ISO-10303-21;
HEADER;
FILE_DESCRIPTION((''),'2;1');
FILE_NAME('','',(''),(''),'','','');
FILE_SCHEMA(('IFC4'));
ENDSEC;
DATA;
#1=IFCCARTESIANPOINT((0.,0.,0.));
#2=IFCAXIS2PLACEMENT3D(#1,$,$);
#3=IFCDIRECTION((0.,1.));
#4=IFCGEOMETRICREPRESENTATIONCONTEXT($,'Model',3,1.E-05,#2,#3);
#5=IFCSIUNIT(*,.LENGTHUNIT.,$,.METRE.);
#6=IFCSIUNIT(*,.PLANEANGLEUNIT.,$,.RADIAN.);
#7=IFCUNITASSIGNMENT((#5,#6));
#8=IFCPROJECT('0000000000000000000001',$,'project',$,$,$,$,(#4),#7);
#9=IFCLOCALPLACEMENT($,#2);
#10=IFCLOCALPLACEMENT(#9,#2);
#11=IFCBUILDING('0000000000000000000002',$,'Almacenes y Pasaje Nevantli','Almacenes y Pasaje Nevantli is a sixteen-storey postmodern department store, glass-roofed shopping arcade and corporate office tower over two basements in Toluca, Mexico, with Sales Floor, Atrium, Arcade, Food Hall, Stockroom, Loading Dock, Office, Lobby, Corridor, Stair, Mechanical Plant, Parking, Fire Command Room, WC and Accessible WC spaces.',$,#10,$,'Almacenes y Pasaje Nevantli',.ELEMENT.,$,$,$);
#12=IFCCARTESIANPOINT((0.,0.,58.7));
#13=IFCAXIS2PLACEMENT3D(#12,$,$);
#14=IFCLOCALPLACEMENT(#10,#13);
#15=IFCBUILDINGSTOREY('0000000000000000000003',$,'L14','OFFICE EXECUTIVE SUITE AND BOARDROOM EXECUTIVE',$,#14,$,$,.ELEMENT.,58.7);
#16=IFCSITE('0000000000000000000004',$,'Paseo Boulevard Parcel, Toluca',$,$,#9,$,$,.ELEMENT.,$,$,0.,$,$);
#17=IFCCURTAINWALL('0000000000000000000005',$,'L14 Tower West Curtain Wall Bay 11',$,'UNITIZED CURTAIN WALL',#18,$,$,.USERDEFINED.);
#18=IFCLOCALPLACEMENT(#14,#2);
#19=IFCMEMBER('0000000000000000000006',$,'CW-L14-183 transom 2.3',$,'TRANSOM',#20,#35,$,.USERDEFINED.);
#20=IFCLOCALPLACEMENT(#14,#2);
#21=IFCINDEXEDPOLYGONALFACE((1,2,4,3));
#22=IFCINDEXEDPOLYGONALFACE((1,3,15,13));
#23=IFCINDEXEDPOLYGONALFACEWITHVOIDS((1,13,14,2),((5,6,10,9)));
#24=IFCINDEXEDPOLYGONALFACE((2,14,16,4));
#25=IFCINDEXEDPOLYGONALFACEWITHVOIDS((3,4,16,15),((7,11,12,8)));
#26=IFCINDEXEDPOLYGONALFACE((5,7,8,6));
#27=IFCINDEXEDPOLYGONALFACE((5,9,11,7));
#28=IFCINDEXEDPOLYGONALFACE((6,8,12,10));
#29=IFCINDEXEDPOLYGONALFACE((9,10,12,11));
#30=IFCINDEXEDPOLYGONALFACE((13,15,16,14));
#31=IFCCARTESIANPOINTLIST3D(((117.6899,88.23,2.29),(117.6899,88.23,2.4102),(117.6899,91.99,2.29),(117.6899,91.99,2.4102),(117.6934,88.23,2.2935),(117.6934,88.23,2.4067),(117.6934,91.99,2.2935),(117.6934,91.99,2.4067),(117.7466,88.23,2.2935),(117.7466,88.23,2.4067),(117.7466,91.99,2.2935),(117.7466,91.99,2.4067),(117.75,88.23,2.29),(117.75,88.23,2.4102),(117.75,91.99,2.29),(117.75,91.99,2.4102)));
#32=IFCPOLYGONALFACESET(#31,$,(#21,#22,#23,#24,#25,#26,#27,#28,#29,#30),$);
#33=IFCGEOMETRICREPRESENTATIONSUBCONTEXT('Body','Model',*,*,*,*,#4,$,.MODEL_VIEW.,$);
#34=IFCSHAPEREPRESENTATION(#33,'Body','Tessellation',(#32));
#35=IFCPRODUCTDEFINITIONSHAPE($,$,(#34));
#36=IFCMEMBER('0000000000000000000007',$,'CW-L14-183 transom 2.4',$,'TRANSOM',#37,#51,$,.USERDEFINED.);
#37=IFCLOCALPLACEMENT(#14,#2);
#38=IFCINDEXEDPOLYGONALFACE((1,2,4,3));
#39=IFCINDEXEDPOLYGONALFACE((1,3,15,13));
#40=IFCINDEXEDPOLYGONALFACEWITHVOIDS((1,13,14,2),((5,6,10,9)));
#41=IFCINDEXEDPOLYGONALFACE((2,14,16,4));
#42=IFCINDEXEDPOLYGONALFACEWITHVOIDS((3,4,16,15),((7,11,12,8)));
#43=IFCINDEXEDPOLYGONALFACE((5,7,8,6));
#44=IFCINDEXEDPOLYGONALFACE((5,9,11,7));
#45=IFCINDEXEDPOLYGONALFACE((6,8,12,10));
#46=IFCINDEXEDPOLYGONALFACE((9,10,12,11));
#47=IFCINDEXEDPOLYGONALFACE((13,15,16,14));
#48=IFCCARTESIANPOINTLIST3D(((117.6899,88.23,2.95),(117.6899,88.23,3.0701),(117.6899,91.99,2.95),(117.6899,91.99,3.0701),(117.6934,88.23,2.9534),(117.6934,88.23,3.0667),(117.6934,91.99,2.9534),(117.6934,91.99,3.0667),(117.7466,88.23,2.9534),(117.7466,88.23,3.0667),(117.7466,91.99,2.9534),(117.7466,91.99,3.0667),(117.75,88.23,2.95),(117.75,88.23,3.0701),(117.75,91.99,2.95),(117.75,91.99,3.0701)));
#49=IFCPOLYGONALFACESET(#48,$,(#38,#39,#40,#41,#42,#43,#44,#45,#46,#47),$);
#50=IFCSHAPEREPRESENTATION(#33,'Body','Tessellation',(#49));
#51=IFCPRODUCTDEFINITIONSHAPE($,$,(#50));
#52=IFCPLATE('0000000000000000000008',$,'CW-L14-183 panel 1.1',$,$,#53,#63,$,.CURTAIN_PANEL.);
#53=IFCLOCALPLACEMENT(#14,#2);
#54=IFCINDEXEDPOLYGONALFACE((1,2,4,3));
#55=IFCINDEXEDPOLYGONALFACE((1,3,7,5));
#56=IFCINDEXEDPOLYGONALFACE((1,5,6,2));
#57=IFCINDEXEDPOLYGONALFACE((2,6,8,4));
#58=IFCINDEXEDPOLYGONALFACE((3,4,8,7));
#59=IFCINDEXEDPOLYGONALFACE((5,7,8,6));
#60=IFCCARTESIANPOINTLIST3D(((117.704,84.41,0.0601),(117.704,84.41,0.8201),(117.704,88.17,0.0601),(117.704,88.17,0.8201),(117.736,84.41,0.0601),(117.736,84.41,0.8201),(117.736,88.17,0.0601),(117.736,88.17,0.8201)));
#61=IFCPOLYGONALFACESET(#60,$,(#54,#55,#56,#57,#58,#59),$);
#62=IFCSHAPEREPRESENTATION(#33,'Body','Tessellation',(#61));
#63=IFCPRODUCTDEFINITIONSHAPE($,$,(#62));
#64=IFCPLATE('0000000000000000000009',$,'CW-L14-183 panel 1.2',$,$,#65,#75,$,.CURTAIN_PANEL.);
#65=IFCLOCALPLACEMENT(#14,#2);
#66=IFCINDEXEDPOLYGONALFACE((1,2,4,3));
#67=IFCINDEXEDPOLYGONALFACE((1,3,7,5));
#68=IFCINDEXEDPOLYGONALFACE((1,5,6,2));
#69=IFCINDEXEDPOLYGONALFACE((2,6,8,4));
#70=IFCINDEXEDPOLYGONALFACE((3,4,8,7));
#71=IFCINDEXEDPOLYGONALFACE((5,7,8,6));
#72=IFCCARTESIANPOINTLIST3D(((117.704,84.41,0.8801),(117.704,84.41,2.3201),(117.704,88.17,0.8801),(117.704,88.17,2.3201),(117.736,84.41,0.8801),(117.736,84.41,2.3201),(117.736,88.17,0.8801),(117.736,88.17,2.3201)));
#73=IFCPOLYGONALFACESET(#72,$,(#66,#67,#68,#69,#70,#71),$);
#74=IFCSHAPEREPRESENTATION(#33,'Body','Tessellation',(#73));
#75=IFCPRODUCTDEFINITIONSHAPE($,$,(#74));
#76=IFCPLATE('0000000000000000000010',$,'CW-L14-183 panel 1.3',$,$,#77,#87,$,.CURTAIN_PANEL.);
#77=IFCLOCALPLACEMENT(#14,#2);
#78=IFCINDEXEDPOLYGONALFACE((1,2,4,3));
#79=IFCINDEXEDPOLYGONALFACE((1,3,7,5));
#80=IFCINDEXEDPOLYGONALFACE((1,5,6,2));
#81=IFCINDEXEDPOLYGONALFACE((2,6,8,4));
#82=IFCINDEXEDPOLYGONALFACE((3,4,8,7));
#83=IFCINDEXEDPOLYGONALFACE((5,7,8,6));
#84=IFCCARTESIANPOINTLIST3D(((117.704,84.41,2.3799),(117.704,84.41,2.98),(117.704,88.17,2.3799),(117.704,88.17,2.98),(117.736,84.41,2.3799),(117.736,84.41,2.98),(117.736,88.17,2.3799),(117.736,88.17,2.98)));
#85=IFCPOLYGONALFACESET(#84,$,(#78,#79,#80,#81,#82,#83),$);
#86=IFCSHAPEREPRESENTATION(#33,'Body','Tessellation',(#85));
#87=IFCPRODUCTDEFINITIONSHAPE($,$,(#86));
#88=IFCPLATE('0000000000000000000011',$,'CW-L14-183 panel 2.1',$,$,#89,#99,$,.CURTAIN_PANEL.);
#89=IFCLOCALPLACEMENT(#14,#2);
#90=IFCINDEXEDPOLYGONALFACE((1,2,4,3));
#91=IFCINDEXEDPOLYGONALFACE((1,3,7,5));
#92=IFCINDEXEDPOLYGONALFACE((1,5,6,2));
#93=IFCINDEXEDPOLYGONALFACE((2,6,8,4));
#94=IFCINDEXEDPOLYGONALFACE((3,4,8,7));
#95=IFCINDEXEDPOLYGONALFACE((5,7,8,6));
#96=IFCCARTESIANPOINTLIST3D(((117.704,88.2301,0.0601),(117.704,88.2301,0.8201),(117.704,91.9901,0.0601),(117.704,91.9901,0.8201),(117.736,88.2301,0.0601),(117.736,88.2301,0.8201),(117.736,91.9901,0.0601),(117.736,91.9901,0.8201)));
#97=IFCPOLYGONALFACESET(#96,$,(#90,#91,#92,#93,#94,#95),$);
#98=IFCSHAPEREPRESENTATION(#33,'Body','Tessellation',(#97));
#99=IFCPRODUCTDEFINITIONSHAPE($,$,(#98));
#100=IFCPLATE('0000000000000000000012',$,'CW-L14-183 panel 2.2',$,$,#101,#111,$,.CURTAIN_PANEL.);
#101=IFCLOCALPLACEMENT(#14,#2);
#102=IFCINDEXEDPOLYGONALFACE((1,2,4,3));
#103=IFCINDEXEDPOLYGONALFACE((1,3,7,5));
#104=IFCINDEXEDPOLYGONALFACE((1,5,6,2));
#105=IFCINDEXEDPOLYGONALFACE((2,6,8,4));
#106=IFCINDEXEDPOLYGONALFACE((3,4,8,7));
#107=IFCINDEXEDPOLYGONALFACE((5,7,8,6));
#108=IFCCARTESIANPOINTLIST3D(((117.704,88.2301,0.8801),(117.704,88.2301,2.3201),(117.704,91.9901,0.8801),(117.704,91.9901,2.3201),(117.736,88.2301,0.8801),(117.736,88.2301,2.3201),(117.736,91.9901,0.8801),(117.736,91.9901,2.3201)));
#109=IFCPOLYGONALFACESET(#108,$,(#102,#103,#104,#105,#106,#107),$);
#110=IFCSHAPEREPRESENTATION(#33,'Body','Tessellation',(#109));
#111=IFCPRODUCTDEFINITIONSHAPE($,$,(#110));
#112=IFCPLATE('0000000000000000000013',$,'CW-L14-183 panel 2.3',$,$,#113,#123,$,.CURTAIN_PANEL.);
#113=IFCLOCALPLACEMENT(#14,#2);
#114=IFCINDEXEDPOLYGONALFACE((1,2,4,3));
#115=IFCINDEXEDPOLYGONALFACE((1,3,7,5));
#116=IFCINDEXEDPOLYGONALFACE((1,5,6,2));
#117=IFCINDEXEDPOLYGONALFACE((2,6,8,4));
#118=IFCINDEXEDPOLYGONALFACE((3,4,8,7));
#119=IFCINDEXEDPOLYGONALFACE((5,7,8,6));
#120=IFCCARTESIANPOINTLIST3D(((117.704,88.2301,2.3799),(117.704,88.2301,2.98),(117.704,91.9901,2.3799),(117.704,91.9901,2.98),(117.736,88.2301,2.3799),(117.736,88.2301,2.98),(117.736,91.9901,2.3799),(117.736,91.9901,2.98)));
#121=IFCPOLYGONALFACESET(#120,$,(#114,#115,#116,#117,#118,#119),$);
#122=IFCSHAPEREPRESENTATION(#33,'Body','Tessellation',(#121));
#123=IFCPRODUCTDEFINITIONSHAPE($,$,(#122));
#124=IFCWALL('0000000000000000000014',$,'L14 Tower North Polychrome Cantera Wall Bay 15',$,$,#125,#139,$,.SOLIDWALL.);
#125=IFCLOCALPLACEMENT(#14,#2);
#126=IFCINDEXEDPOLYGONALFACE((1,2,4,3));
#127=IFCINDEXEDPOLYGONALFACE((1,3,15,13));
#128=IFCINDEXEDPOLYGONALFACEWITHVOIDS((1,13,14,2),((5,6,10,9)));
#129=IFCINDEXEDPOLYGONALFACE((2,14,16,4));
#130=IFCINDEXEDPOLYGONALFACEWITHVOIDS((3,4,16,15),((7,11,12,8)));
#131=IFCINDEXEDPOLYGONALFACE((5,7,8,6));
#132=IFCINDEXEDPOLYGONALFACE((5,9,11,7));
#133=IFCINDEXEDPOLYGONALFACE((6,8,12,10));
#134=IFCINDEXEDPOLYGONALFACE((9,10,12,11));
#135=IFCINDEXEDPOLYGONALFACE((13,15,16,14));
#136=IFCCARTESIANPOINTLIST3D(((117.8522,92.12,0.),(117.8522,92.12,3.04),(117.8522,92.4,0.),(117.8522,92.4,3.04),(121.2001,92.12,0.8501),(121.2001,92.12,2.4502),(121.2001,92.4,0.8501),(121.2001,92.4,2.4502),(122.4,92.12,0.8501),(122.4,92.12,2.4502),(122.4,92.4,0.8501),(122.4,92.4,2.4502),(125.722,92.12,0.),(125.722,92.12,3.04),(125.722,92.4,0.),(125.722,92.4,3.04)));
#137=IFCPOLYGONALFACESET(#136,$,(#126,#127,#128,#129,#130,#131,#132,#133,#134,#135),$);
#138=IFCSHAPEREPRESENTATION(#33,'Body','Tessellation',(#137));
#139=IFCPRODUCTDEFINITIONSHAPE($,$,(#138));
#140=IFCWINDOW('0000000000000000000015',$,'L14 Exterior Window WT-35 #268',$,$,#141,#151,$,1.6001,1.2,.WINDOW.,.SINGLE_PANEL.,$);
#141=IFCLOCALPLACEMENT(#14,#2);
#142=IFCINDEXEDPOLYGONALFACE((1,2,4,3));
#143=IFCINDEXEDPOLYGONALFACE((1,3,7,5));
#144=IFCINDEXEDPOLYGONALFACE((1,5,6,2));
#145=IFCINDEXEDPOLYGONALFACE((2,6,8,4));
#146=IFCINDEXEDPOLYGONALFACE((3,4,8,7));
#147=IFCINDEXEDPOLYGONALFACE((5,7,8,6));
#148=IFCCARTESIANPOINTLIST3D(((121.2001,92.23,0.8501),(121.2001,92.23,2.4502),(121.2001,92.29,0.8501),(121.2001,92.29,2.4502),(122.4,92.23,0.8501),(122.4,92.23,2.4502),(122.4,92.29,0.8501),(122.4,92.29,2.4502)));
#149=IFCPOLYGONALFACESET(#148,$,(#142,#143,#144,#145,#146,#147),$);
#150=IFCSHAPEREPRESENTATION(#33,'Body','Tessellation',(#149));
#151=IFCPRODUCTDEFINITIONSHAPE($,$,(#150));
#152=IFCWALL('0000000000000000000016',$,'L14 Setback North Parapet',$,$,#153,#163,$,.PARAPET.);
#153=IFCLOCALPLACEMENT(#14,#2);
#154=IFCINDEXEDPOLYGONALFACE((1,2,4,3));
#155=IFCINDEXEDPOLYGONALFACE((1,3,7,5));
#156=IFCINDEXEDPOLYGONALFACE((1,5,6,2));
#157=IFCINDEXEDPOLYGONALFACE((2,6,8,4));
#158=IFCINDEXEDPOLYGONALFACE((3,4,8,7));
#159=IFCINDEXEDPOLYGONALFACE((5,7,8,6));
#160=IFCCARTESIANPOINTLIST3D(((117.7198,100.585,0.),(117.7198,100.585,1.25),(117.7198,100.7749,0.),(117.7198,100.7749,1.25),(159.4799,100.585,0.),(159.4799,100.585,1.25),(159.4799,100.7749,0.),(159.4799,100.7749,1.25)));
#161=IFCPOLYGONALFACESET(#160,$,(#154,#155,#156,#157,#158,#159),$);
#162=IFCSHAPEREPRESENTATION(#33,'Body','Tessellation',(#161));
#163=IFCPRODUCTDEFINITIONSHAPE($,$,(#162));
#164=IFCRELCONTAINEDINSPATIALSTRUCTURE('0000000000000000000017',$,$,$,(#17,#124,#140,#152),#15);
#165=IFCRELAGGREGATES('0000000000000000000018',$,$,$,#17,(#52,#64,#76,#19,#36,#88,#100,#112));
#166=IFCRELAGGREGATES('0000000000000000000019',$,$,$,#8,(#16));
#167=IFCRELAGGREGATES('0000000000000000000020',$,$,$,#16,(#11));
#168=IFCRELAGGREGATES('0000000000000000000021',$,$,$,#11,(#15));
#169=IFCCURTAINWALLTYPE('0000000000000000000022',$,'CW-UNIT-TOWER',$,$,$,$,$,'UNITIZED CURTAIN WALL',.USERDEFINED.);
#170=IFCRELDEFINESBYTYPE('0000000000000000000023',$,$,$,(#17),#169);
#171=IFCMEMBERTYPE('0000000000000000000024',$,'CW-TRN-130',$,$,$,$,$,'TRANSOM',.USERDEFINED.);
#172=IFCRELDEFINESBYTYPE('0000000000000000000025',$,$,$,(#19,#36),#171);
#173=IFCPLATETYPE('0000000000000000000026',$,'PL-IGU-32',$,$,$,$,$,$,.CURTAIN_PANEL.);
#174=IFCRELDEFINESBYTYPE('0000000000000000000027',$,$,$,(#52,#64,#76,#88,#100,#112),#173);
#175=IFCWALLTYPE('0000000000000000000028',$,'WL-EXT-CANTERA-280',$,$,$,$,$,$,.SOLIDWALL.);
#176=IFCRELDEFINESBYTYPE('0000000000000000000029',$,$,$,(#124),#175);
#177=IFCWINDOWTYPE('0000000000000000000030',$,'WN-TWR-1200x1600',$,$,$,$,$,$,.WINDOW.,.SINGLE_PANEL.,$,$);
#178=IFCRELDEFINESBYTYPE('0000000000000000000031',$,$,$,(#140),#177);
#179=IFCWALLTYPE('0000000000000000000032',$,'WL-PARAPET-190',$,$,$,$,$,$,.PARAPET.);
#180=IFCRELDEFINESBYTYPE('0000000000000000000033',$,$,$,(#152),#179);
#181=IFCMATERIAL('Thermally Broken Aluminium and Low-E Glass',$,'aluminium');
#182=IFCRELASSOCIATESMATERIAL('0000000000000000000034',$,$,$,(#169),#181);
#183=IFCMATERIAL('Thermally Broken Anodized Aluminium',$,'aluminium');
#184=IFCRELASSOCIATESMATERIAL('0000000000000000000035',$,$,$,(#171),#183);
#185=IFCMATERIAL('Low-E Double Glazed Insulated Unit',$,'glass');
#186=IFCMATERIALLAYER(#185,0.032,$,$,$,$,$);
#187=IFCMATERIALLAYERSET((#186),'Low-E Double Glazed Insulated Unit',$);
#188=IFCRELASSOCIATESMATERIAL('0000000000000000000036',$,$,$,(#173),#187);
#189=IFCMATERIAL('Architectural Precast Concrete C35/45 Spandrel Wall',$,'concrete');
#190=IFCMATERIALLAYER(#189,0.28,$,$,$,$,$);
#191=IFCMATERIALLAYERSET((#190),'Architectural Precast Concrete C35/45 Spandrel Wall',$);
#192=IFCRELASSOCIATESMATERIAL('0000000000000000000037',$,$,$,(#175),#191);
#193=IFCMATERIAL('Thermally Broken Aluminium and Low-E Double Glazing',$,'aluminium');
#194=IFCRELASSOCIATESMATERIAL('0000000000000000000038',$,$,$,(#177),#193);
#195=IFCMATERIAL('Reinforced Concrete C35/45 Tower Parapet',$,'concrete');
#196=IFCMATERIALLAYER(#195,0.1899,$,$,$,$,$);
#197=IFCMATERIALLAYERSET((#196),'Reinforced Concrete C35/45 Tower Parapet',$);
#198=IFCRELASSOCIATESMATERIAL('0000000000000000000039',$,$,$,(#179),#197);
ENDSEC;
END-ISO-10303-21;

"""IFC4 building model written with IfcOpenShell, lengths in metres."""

from ifc_helpers import new_model, si_unit, direction, frame, frame_2d, origin, origin_2d, place, context, subcontext, project, spatial, rectangle, hollow_rectangle, extrude, material, layer, layer_set, material_profile, profile_set, type_object, element, fill, aggregate, save


model = new_model("IFC4")

# Units and contexts
model_context = context("Model", 3, precision=1e-05, world=origin(), true_north=direction((0.0, 1.0)))
body_context = subcontext(model_context, "Body", "Model", "MODEL_VIEW")
ifc_project = project(units=[si_unit("LENGTHUNIT", "METRE"), si_unit("PLANEANGLEUNIT", "RADIAN")], contexts=[model_context])

# Site, building, storey
site_placement = place(None, origin())
site = spatial("IfcSite", under=ifc_project, at=site_placement, Name="Paseo Boulevard Parcel, Toluca", CompositionType="ELEMENT", RefElevation=0.0)
building_placement = place(site_placement, origin())
building = spatial("IfcBuilding", under=site, at=building_placement, Name="Almacenes y Pasaje Nevantli", Description="Almacenes y Pasaje Nevantli is a sixteen-storey postmodern department store, glass-roofed shopping arcade and corporate office tower over two basements in Toluca, Mexico, with Sales Floor, Atrium, Arcade, Food Hall, Stockroom, Loading Dock, Office, Lobby, Corridor, Stair, Mechanical Plant, Parking, Fire Command Room, WC and Accessible WC spaces.", LongName="Almacenes y Pasaje Nevantli", CompositionType="ELEMENT")
storey_placement = place(building_placement, frame((0.0, 0.0, 58.7)))
storey = spatial("IfcBuildingStorey", under=building, at=storey_placement, Name="L14", Description="OFFICE EXECUTIVE SUITE AND BOARDROOM EXECUTIVE", CompositionType="ELEMENT", Elevation=58.7)

# Curtain wall, members, plates
ifc_material_1 = material(Name="Thermally Broken Aluminium and Low-E Glass", Category="aluminium")
curtain_wall_type = type_object("IfcCurtainWallType", Name="CW-UNIT-TOWER", ElementType="UNITIZED CURTAIN WALL", PredefinedType="USERDEFINED", material=ifc_material_1)
curtain_wall_placement = place(storey_placement, origin())
curtain_wall = element("IfcCurtainWall", 1, at=curtain_wall_placement, inside=storey, type_object=curtain_wall_type, Name="L14 Tower West Curtain Wall Bay 11", ObjectType="UNITIZED CURTAIN WALL", PredefinedType="USERDEFINED")
ifc_material_2 = material(Name="Thermally Broken Anodized Aluminium", Category="aluminium")
ifc_material_profile_1 = material_profile(ifc_material_2, hollow_rectangle(XDim=0.0601, YDim=0.1201, WallThickness=0.0034, at=origin_2d()), Name="ALU-TRN-60x120")
ifc_profile_set_1 = profile_set([ifc_material_profile_1], Name="Thermally Broken Anodized Aluminium")
member_type_1 = type_object("IfcMemberType", Name="CW-TRN-130", ElementType="TRANSOM", PredefinedType="USERDEFINED", material=ifc_profile_set_1)
member_1_placement = place(storey_placement, frame((117.72, 88.23, 2.3501), z_axis=(0.0, 1.0, 0.0), x_axis=(-1.0, 0.0, 0.0)))
member_1 = element("IfcMember", 2, at=member_1_placement, type_object=member_type_1, Name="CW-L14-183 transom 2.3", ObjectType="TRANSOM", PredefinedType="USERDEFINED", context=body_context, shape_type="SweptSolid", body=[
    extrude(hollow_rectangle(XDim=0.0601, YDim=0.1201, WallThickness=0.0034, at=origin_2d()), origin(), (0.0, 0.0, 1.0), 3.76),
])
member_2_placement = place(storey_placement, frame((117.72, 88.23, 3.01), z_axis=(0.0, 1.0, 0.0), x_axis=(-1.0, 0.0, 0.0)))
member_2 = element("IfcMember", 3, at=member_2_placement, type_object=member_type_1, Name="CW-L14-183 transom 2.4", ObjectType="TRANSOM", PredefinedType="USERDEFINED", context=body_context, shape_type="SweptSolid", body=[
    extrude(hollow_rectangle(XDim=0.0601, YDim=0.1201, WallThickness=0.0034, at=origin_2d()), origin(), (0.0, 0.0, 1.0), 3.76),
])
ifc_material_3 = material(Name="Low-E Double Glazed Insulated Unit", Category="glass")
ifc_layer_1 = layer(ifc_material_3, 0.032)
ifc_layer_set_1 = layer_set([ifc_layer_1], Name="Low-E Double Glazed Insulated Unit")
plate_type = type_object("IfcPlateType", Name="PL-IGU-32", PredefinedType="CURTAIN_PANEL", material=ifc_layer_set_1)
plate_1_placement = place(storey_placement, frame((117.72, 86.29, 0.0601), z_axis=(0.0, 0.0, 1.0), x_axis=(0.0, 1.0, 0.0)))
plate_1 = element("IfcPlate", 4, at=plate_1_placement, type_object=plate_type, Name="CW-L14-183 panel 1.1", PredefinedType="CURTAIN_PANEL", context=body_context, shape_type="SweptSolid", body=[
    extrude(rectangle(XDim=3.76, YDim=0.032, at=origin_2d()), origin(), (0.0, 0.0, 1.0), 0.76),
])
plate_2_placement = place(storey_placement, frame((117.72, 86.29, 0.8801), z_axis=(0.0, 0.0, 1.0), x_axis=(0.0, 1.0, 0.0)))
plate_2 = element("IfcPlate", 5, at=plate_2_placement, type_object=plate_type, Name="CW-L14-183 panel 1.2", PredefinedType="CURTAIN_PANEL", context=body_context, shape_type="SweptSolid", body=[
    extrude(rectangle(XDim=3.76, YDim=0.032, at=origin_2d()), origin(), (0.0, 0.0, 1.0), 1.4399),
])
plate_3_placement = place(storey_placement, frame((117.72, 86.29, 2.3799), z_axis=(0.0, 0.0, 1.0), x_axis=(0.0, 1.0, 0.0)))
plate_3 = element("IfcPlate", 6, at=plate_3_placement, type_object=plate_type, Name="CW-L14-183 panel 1.3", PredefinedType="CURTAIN_PANEL", context=body_context, shape_type="SweptSolid", body=[
    extrude(rectangle(XDim=3.76, YDim=0.032, at=origin_2d()), origin(), (0.0, 0.0, 1.0), 0.6001),
])
plate_4_placement = place(storey_placement, frame((117.72, 90.1101, 0.0601), z_axis=(0.0, 0.0, 1.0), x_axis=(0.0, 1.0, 0.0)))
plate_4 = element("IfcPlate", 7, at=plate_4_placement, type_object=plate_type, Name="CW-L14-183 panel 2.1", PredefinedType="CURTAIN_PANEL", context=body_context, shape_type="SweptSolid", body=[
    extrude(rectangle(XDim=3.76, YDim=0.032, at=origin_2d()), origin(), (0.0, 0.0, 1.0), 0.76),
])
plate_5_placement = place(storey_placement, frame((117.72, 90.1101, 0.8801), z_axis=(0.0, 0.0, 1.0), x_axis=(0.0, 1.0, 0.0)))
plate_5 = element("IfcPlate", 8, at=plate_5_placement, type_object=plate_type, Name="CW-L14-183 panel 2.2", PredefinedType="CURTAIN_PANEL", context=body_context, shape_type="SweptSolid", body=[
    extrude(rectangle(XDim=3.76, YDim=0.032, at=origin_2d()), origin(), (0.0, 0.0, 1.0), 1.4399),
])
plate_6_placement = place(storey_placement, frame((117.72, 90.1101, 2.3799), z_axis=(0.0, 0.0, 1.0), x_axis=(0.0, 1.0, 0.0)))
plate_6 = element("IfcPlate", 9, at=plate_6_placement, type_object=plate_type, Name="CW-L14-183 panel 2.3", PredefinedType="CURTAIN_PANEL", context=body_context, shape_type="SweptSolid", body=[
    extrude(rectangle(XDim=3.76, YDim=0.032, at=origin_2d()), origin(), (0.0, 0.0, 1.0), 0.6001),
])
aggregate(curtain_wall, [plate_1, plate_2, plate_3, member_1, member_2, plate_4, plate_5, plate_6])

# Wall, opening, window
ifc_material_4 = material(Name="Architectural Precast Concrete C35/45 Spandrel Wall", Category="concrete")
ifc_layer_2 = layer(ifc_material_4, 0.28)
ifc_layer_set_2 = layer_set([ifc_layer_2], Name="Architectural Precast Concrete C35/45 Spandrel Wall")
wall_type_1 = type_object("IfcWallType", Name="WL-EXT-CANTERA-280", PredefinedType="SOLIDWALL", material=ifc_layer_set_2)
wall_1_placement = place(storey_placement, frame((117.8521, 92.26, 0.0), z_axis=(0.0, 0.0, 1.0), x_axis=(1.0, 0.0, 0.0)))
wall_1 = element("IfcWall", 10, at=wall_1_placement, inside=storey, type_object=wall_type_1, Name="L14 Tower North Polychrome Cantera Wall Bay 15", PredefinedType="SOLIDWALL", context=body_context, shape_type="SweptSolid", body=[
    extrude(rectangle(XDim=7.8699, YDim=0.28, at=frame_2d((3.9351, 0.0))), origin(), (0.0, 0.0, 1.0), 3.04),
])
opening_placement = place(wall_1_placement, frame((3.3479, 0.0, 0.8501)))
opening = element("IfcOpeningElement", 11, at=opening_placement, cuts=wall_1, PredefinedType="OPENING", context=body_context, shape_type="SweptSolid", body=[
    extrude(rectangle(XDim=1.2, YDim=1.6001, at=frame_2d((0.6001, 0.8))), frame((0.0, 0.1499, 0.0), z_axis=(0.0, -1.0, 0.0), x_axis=(1.0, 0.0, 0.0)), (0.0, 0.0, 1.0), 0.3),
])
ifc_material_5 = material(Name="Thermally Broken Aluminium and Low-E Double Glazing", Category="aluminium")
window_type = type_object("IfcWindowType", Name="WN-TWR-1200x1600", PartitioningType="SINGLE_PANEL", PredefinedType="WINDOW", material=ifc_material_5)
window_placement = place(opening_placement, origin())
window = element("IfcWindow", 12, at=window_placement, inside=storey, type_object=window_type, Name="L14 Exterior Window WT-35 #268", OverallHeight=1.6001, OverallWidth=1.2, PartitioningType="SINGLE_PANEL", PredefinedType="WINDOW", context=body_context, shape_type="SweptSolid", body=[
    extrude(rectangle(XDim=1.2, YDim=1.6001, at=frame_2d((0.6001, 0.8))), frame((0.0, 0.03, 0.0), z_axis=(0.0, -1.0, 0.0), x_axis=(1.0, 0.0, 0.0)), (0.0, 0.0, 1.0), 0.0601),
])
fill(opening, window)

# Wall
ifc_material_6 = material(Name="Reinforced Concrete C35/45 Tower Parapet", Category="concrete")
ifc_layer_3 = layer(ifc_material_6, 0.1899)
ifc_layer_set_3 = layer_set([ifc_layer_3], Name="Reinforced Concrete C35/45 Tower Parapet")
wall_type_2 = type_object("IfcWallType", Name="WL-PARAPET-190", PredefinedType="PARAPET", material=ifc_layer_set_3)
wall_2_placement = place(storey_placement, frame((117.72, 100.6799, 0.0), z_axis=(0.0, 0.0, 1.0), x_axis=(1.0, 0.0, 0.0)))
element("IfcWall", 13, at=wall_2_placement, inside=storey, type_object=wall_type_2, Name="L14 Setback North Parapet", PredefinedType="PARAPET", context=body_context, shape_type="SweptSolid", body=[
    extrude(rectangle(XDim=41.76, YDim=0.1899, at=frame_2d((20.8799, 0.0))), origin(), (0.0, 0.0, 1.0), 1.25),
])

save(model, "model.ifc")
